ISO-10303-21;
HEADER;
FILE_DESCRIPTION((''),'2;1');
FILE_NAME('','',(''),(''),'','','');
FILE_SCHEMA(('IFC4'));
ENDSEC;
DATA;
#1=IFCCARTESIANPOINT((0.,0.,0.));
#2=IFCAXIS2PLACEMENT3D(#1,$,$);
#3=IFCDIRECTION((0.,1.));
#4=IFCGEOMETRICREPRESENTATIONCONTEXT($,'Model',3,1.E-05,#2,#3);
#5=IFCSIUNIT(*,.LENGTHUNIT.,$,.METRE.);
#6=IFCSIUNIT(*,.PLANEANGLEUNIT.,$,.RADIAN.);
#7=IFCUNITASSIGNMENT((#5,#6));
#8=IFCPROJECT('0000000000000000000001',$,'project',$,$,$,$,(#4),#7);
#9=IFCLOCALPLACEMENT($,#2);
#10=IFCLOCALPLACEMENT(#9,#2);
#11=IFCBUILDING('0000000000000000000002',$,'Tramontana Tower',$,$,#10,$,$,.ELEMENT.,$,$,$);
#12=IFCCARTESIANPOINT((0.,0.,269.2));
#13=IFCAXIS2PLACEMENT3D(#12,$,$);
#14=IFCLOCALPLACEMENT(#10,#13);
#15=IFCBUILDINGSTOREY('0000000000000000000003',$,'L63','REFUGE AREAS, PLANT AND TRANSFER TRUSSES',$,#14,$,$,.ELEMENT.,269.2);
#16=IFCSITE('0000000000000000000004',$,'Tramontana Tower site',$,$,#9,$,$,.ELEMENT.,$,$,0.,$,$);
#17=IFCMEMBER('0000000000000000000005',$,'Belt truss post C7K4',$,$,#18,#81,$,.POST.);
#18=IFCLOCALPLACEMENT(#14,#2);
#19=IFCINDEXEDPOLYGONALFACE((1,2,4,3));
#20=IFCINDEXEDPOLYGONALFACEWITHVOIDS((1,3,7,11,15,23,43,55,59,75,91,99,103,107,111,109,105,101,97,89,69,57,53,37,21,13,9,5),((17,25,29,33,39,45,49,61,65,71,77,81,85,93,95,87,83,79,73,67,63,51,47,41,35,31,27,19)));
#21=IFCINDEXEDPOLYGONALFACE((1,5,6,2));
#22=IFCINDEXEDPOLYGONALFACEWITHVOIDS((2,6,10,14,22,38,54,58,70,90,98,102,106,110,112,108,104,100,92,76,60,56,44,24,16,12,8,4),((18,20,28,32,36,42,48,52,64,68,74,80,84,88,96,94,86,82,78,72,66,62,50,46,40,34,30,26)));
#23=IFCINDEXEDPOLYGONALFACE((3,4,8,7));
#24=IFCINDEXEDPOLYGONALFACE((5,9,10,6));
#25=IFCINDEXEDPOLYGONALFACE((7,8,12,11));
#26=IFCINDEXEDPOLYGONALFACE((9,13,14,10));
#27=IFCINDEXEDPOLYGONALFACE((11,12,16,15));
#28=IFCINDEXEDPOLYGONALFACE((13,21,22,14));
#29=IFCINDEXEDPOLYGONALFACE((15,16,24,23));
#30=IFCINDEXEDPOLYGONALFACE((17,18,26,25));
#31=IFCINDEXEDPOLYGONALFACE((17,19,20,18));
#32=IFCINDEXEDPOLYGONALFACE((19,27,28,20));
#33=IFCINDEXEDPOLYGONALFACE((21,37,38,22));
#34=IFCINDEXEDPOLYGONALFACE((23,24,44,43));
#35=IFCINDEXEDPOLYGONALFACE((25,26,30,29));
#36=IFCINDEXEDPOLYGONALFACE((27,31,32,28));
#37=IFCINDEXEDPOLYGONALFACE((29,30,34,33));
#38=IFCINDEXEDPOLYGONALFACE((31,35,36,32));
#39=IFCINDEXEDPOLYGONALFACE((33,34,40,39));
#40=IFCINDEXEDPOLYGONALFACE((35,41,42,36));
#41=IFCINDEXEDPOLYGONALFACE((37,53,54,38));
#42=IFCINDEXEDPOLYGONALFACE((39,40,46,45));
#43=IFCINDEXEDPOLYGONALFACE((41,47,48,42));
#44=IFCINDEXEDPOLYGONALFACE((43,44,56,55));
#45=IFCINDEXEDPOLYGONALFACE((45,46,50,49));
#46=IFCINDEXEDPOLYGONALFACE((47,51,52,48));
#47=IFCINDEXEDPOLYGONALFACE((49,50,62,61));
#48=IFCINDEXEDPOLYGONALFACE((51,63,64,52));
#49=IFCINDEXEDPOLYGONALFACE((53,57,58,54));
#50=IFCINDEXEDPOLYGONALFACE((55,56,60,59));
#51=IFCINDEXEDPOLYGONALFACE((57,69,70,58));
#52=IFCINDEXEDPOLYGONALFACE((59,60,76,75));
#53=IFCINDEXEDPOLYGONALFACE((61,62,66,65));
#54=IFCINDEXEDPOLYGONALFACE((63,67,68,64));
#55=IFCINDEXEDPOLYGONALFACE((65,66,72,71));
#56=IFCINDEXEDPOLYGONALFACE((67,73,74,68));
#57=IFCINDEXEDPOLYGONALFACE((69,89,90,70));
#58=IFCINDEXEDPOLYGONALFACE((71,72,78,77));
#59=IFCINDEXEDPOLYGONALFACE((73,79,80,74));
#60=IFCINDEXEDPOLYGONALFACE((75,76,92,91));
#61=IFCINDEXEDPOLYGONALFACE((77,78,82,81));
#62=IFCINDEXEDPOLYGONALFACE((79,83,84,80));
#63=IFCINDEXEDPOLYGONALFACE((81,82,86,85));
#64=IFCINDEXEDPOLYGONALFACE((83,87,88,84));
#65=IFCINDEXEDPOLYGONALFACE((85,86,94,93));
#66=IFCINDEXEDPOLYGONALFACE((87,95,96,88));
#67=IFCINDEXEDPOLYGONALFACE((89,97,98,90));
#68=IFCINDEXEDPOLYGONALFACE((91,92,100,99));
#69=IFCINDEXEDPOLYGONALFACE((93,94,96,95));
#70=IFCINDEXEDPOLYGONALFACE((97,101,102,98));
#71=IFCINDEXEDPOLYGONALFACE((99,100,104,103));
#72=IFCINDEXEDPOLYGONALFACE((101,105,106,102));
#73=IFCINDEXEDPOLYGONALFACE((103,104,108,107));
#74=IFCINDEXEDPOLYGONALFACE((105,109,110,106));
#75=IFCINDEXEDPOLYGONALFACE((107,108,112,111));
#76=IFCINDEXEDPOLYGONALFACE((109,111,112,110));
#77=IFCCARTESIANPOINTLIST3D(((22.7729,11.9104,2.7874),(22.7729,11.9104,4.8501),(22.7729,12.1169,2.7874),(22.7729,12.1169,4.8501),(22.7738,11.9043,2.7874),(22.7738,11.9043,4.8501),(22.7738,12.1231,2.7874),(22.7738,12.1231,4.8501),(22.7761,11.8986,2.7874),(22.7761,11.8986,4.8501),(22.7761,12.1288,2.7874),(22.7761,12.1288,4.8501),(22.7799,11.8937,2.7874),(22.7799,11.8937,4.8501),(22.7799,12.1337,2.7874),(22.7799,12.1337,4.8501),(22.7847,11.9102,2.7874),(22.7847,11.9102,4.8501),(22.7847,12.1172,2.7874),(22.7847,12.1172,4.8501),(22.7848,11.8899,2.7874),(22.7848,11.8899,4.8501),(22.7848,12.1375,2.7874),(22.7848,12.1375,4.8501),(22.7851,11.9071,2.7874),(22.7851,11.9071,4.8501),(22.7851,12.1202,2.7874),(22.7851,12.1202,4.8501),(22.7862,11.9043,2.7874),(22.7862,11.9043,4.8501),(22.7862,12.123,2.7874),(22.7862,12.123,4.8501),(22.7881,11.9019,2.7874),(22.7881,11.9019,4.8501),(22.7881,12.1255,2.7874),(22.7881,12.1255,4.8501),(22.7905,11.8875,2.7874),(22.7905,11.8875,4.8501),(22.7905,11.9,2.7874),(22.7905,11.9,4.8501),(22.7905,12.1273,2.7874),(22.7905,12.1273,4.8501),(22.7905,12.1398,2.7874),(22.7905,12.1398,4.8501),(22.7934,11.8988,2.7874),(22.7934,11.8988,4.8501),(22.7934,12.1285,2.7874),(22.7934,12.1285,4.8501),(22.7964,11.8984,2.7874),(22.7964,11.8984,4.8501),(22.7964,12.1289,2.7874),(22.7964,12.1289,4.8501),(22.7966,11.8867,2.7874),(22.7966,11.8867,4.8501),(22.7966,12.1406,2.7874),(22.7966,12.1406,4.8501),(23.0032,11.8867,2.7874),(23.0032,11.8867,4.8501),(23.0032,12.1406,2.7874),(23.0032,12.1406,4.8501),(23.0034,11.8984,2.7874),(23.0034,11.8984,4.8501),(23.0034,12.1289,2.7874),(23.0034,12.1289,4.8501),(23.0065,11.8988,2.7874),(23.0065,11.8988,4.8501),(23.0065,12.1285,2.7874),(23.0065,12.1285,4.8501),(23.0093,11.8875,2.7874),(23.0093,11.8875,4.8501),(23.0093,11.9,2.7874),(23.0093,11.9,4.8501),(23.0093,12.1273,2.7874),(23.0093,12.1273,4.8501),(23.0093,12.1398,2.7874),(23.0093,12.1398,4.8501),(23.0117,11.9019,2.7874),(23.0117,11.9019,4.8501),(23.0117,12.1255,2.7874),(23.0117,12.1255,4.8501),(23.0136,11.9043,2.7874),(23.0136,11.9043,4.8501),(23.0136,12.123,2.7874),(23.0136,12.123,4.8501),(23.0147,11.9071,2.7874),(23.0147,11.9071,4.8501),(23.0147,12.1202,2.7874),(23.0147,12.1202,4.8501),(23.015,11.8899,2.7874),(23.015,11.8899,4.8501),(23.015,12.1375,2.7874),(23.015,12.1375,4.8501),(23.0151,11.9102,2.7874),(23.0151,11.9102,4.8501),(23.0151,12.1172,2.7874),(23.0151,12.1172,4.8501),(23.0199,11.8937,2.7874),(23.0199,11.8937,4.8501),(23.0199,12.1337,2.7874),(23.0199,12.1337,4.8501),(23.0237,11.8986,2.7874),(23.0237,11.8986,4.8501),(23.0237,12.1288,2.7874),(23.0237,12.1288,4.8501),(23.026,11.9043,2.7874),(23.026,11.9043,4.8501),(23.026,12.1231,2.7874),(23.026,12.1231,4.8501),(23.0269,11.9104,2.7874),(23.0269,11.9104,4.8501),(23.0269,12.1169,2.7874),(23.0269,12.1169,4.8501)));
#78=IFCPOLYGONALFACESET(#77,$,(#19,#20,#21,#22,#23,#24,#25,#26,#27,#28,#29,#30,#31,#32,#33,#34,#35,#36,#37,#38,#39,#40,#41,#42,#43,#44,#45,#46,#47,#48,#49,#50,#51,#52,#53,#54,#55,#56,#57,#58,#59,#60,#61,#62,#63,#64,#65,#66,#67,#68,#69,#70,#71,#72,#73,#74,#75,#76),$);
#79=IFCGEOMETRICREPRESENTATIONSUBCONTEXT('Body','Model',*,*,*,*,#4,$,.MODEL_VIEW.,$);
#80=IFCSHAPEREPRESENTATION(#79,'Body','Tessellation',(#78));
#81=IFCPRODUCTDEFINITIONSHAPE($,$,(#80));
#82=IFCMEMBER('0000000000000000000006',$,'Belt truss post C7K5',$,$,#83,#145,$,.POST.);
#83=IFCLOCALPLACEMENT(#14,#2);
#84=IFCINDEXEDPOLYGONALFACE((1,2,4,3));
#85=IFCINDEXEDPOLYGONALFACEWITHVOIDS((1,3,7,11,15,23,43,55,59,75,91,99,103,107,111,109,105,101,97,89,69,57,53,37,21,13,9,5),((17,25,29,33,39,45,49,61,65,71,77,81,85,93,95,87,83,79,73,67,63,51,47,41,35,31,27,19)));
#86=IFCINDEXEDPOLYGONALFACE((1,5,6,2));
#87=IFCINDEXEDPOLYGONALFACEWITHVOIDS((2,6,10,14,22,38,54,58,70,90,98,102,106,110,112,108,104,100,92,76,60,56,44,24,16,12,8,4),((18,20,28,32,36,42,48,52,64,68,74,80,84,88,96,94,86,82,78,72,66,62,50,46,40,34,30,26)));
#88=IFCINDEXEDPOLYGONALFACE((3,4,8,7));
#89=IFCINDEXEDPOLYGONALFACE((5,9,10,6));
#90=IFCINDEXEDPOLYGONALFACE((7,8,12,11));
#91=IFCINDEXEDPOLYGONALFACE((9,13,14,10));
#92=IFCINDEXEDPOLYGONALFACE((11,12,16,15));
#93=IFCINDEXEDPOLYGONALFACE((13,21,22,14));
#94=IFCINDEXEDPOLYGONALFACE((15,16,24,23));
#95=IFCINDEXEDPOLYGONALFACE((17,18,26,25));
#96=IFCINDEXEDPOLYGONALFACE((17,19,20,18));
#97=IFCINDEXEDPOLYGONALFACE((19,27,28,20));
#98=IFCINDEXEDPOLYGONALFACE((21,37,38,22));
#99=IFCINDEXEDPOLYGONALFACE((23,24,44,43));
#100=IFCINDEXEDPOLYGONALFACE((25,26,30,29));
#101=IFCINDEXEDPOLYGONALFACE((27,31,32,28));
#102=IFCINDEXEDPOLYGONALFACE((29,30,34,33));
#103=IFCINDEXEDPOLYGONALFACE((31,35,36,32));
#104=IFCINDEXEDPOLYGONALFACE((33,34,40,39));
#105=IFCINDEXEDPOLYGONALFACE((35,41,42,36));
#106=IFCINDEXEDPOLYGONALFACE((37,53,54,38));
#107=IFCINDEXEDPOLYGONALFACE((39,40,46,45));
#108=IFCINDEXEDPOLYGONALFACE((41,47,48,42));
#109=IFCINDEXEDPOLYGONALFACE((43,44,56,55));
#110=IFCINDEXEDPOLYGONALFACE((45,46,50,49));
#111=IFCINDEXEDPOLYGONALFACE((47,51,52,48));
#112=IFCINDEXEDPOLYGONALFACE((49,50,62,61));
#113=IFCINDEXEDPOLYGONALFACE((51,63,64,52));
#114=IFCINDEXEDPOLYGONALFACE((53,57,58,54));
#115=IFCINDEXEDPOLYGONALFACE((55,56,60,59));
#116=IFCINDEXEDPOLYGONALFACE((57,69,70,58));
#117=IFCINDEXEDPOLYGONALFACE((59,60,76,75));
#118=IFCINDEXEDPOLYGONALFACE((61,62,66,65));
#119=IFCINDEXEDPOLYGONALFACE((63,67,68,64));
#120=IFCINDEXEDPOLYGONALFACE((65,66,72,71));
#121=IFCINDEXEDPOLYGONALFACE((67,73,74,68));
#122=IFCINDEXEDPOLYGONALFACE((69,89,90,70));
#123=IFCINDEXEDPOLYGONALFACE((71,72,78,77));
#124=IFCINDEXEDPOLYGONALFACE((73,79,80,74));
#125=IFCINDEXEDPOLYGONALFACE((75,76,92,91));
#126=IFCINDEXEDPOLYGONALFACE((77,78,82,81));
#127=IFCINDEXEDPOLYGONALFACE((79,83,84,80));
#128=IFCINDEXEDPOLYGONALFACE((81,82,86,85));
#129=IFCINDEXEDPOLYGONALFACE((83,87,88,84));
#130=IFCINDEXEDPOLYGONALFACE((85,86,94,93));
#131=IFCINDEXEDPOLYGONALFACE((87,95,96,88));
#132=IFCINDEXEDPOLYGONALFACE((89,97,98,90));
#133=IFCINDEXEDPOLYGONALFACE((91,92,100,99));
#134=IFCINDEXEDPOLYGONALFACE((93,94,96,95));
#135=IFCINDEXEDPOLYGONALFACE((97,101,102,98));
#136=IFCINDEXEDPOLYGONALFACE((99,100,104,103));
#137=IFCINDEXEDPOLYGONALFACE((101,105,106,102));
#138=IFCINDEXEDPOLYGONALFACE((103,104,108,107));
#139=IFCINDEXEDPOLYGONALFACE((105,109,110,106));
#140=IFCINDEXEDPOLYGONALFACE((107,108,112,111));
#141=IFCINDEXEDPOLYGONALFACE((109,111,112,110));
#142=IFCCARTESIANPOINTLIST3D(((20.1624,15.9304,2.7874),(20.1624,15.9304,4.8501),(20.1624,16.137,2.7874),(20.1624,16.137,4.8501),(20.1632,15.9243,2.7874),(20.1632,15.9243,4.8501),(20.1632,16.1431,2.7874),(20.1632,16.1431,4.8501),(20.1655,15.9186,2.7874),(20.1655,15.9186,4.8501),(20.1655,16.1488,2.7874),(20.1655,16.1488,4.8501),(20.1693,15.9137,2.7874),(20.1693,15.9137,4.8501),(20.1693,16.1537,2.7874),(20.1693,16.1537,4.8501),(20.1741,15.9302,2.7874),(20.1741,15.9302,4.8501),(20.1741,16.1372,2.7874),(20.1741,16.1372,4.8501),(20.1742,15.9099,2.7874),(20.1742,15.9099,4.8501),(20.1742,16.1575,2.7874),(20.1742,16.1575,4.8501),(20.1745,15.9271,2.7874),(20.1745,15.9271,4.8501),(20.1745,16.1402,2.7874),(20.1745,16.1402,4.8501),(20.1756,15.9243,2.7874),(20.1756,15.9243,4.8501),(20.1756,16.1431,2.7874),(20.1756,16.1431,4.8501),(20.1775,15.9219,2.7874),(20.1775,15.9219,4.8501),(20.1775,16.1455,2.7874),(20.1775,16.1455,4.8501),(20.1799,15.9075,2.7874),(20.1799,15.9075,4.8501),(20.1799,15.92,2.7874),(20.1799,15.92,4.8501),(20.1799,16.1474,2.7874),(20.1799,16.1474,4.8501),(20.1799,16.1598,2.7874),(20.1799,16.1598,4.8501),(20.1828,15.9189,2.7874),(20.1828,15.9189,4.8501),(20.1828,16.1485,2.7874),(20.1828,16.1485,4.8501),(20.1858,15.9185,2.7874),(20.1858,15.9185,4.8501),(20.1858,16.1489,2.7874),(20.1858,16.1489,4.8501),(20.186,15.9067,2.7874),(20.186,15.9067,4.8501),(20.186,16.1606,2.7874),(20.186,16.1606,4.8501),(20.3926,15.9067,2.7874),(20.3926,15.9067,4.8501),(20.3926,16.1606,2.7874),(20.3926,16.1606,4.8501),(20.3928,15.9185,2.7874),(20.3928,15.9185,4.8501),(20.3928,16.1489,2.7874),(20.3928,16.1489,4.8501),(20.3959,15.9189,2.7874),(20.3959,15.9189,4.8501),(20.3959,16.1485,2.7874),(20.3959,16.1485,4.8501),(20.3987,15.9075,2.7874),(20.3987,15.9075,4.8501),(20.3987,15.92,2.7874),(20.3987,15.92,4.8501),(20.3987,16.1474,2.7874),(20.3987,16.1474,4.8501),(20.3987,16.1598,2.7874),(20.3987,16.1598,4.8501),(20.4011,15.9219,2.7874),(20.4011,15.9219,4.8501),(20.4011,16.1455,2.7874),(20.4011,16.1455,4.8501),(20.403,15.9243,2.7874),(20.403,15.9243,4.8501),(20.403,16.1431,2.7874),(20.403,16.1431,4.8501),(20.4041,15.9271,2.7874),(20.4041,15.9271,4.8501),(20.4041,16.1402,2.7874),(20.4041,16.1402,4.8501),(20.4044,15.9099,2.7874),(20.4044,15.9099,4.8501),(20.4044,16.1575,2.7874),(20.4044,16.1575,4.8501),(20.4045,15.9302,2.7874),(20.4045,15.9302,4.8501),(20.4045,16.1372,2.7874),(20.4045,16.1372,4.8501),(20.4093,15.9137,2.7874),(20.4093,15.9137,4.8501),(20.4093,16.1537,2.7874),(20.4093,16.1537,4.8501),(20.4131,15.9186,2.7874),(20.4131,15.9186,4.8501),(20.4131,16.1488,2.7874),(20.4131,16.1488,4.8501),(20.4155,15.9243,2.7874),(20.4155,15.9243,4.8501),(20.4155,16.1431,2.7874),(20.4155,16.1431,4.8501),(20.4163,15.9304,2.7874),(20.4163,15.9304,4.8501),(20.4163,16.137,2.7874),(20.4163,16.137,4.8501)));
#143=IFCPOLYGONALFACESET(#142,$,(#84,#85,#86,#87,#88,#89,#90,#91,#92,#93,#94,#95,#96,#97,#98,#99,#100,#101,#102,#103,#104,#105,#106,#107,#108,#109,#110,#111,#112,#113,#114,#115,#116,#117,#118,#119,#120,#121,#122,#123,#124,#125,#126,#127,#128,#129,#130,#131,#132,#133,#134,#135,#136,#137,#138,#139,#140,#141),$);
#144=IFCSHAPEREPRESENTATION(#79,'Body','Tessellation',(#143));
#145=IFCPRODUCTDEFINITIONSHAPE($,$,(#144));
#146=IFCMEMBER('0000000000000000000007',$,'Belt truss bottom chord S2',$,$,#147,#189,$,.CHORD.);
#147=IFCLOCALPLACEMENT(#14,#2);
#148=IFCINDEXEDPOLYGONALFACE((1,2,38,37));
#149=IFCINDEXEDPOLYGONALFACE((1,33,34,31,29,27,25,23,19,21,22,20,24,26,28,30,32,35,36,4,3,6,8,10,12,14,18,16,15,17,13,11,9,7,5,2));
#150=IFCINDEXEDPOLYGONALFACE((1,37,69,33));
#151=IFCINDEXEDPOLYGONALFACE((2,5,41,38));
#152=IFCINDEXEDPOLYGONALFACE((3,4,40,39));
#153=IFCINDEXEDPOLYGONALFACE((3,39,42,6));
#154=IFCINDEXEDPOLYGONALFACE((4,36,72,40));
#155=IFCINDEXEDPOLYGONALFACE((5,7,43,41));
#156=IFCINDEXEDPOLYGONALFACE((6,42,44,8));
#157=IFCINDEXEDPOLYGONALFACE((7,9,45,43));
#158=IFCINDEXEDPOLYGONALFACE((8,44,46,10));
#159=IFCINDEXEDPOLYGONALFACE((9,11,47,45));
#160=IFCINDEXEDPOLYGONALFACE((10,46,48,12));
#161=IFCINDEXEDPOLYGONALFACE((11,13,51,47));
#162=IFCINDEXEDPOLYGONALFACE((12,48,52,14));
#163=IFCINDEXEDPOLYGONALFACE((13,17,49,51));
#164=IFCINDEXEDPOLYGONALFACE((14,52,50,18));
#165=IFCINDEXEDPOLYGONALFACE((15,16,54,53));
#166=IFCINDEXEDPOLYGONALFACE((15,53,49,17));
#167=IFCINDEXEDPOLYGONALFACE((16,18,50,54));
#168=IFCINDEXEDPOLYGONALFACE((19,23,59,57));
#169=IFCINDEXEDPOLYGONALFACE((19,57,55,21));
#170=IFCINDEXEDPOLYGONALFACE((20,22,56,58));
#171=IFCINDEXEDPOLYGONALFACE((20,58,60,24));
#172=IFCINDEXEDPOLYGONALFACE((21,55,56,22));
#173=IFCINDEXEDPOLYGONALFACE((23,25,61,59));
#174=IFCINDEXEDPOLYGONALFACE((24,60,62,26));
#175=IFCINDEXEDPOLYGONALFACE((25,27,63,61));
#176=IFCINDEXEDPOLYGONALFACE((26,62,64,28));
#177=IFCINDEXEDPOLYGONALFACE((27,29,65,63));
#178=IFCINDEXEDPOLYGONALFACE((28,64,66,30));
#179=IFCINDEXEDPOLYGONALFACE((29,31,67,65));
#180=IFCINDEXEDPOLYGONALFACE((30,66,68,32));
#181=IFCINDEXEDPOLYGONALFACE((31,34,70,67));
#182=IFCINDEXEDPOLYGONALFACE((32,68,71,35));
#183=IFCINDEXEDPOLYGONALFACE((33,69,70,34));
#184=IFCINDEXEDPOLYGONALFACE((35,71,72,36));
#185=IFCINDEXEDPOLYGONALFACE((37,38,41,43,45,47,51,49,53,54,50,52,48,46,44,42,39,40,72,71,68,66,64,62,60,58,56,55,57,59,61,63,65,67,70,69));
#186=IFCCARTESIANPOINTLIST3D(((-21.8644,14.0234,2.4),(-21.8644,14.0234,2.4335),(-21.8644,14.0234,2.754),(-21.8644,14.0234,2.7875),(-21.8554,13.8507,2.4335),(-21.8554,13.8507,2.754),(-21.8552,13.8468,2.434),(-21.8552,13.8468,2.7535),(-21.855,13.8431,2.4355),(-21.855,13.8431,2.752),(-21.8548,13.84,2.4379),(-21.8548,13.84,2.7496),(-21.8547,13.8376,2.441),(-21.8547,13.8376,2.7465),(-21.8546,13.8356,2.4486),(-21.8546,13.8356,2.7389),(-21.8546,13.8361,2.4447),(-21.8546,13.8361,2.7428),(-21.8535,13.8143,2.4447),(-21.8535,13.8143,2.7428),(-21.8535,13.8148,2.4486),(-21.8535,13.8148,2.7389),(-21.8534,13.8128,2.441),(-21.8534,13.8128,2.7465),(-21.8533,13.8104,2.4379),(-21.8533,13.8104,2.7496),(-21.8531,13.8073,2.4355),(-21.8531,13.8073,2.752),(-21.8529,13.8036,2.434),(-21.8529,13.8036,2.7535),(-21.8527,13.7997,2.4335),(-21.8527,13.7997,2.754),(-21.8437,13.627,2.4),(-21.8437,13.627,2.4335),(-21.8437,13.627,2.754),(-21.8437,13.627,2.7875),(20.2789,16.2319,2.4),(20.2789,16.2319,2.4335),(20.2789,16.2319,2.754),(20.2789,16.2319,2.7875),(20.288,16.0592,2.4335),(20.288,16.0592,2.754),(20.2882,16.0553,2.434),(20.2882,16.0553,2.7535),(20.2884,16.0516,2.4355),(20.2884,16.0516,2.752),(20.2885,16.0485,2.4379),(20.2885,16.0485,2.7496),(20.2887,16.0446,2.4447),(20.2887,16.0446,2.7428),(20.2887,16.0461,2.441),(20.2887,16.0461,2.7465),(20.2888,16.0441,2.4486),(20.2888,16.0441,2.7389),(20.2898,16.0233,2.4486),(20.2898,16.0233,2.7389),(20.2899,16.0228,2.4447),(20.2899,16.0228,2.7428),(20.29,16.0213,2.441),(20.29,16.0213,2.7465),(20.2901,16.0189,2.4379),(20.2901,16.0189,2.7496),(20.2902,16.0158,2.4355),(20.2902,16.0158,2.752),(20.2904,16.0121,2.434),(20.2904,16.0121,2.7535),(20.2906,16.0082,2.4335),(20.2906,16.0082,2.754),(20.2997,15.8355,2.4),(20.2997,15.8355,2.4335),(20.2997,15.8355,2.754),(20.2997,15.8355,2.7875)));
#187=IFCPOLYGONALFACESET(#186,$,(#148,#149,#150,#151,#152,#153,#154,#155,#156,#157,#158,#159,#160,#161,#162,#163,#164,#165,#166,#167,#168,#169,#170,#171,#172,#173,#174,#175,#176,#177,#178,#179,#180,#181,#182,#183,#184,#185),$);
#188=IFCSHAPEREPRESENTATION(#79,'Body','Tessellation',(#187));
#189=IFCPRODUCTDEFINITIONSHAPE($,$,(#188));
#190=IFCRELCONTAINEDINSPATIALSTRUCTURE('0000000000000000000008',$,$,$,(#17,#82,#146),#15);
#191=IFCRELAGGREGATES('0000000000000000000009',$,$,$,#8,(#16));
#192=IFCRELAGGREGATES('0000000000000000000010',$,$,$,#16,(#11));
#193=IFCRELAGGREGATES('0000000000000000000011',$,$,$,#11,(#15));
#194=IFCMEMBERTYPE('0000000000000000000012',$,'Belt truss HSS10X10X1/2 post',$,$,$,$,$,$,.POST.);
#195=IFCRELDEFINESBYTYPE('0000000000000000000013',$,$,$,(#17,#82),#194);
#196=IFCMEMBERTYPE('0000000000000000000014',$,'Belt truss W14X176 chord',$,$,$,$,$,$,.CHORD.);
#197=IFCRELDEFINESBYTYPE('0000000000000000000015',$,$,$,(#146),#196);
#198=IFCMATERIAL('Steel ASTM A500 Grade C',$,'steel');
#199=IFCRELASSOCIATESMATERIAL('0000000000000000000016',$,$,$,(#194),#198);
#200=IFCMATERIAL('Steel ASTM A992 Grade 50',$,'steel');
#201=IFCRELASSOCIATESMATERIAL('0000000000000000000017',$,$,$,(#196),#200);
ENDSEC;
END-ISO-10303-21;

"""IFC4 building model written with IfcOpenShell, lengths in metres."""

from ifc_helpers import new_model, si_unit, direction, frame, origin, origin_2d, place, context, subcontext, project, spatial, hollow_rectangle, i_section, extrude, material, material_profile, profile_set, type_object, element, save


model = new_model("IFC4")

# Units and contexts
model_context = context("Model", 3, precision=1e-05, world=origin(), true_north=direction((0.0, 1.0)))
body_context = subcontext(model_context, "Body", "Model", "MODEL_VIEW")
ifc_project = project(units=[si_unit("LENGTHUNIT", "METRE"), si_unit("PLANEANGLEUNIT", "RADIAN")], contexts=[model_context])

# Site, building, storey
site_placement = place(None, origin())
site = spatial("IfcSite", under=ifc_project, at=site_placement, Name="Tramontana Tower site", CompositionType="ELEMENT", RefElevation=0.0)
building_placement = place(site_placement, origin())
building = spatial("IfcBuilding", under=site, at=building_placement, Name="Tramontana Tower", CompositionType="ELEMENT")
storey_placement = place(building_placement, frame((0.0, 0.0, 269.2)))
storey = spatial("IfcBuildingStorey", under=building, at=storey_placement, Name="L63", Description="REFUGE AREAS, PLANT AND TRANSFER TRUSSES", CompositionType="ELEMENT", Elevation=269.2)

# Members
ifc_material_1 = material(Name="Steel ASTM A500 Grade C", Category="steel")
ifc_material_profile_1 = material_profile(ifc_material_1, hollow_rectangle(XDim=0.2539, YDim=0.2539, WallThickness=0.0117, InnerFilletRadius=0.0117, OuterFilletRadius=0.0237, at=origin_2d()), Name="HSS10X10X1/2")
ifc_profile_set_1 = profile_set([ifc_material_profile_1], Name="Steel ASTM A500 Grade C")
member_type_1 = type_object("IfcMemberType", Name="Belt truss HSS10X10X1/2 post", PredefinedType="POST", material=ifc_profile_set_1)
for number, where, z_axis, x_axis, name in (
    (1, (22.8999, 12.0137, 2.7874), (0.0, 0.0, 1.0), (1.0, 0.0, 0.0), "Belt truss post C7K4"),
    (2, (20.2893, 16.0337, 2.7874), (0.0, 0.0, 1.0), (1.0, 0.0, 0.0), "Belt truss post C7K5"),
):
    element("IfcMember", number, at=place(storey_placement, frame(where, z_axis=z_axis, x_axis=x_axis)), inside=storey, type_object=member_type_1, Name=name, PredefinedType="POST", context=body_context, shape_type="SweptSolid", body=[
        extrude(hollow_rectangle(XDim=0.2539, YDim=0.2539, WallThickness=0.0117, InnerFilletRadius=0.0117, OuterFilletRadius=0.0237, at=origin_2d()), origin(), (0.0, 0.0, 1.0), 2.0627),
    ])
ifc_material_2 = material(Name="Steel ASTM A992 Grade 50", Category="steel")
ifc_material_profile_2 = material_profile(ifc_material_2, i_section(OverallWidth=0.397, OverallDepth=0.3875, WebThickness=0.0208, FlangeThickness=0.0334, FilletRadius=0.0151, at=origin_2d()), Name="W14X176")
ifc_profile_set_2 = profile_set([ifc_material_profile_2], Name="Steel ASTM A992 Grade 50")
member_type_2 = type_object("IfcMemberType", Name="Belt truss W14X176 chord", PredefinedType="CHORD", material=ifc_profile_set_2)
for number, where, z_axis, x_axis, name in (
    (3, (20.2893, 16.0337, 2.5938), (-0.99863, -0.052333, 0.0), (0.052333, -0.99863, 0.0), "Belt truss bottom chord S2"),
):
    element("IfcMember", number, at=place(storey_placement, frame(where, z_axis=z_axis, x_axis=x_axis)), inside=storey, type_object=member_type_2, Name=name, PredefinedType="CHORD", context=body_context, shape_type="SweptSolid", body=[
        extrude(i_section(OverallWidth=0.397, OverallDepth=0.3875, WebThickness=0.0208, FlangeThickness=0.0334, FilletRadius=0.0151, at=origin_2d()), origin(), (0.0, 0.0, 1.0), 42.2012),
    ])

save(model, "model.ifc")
